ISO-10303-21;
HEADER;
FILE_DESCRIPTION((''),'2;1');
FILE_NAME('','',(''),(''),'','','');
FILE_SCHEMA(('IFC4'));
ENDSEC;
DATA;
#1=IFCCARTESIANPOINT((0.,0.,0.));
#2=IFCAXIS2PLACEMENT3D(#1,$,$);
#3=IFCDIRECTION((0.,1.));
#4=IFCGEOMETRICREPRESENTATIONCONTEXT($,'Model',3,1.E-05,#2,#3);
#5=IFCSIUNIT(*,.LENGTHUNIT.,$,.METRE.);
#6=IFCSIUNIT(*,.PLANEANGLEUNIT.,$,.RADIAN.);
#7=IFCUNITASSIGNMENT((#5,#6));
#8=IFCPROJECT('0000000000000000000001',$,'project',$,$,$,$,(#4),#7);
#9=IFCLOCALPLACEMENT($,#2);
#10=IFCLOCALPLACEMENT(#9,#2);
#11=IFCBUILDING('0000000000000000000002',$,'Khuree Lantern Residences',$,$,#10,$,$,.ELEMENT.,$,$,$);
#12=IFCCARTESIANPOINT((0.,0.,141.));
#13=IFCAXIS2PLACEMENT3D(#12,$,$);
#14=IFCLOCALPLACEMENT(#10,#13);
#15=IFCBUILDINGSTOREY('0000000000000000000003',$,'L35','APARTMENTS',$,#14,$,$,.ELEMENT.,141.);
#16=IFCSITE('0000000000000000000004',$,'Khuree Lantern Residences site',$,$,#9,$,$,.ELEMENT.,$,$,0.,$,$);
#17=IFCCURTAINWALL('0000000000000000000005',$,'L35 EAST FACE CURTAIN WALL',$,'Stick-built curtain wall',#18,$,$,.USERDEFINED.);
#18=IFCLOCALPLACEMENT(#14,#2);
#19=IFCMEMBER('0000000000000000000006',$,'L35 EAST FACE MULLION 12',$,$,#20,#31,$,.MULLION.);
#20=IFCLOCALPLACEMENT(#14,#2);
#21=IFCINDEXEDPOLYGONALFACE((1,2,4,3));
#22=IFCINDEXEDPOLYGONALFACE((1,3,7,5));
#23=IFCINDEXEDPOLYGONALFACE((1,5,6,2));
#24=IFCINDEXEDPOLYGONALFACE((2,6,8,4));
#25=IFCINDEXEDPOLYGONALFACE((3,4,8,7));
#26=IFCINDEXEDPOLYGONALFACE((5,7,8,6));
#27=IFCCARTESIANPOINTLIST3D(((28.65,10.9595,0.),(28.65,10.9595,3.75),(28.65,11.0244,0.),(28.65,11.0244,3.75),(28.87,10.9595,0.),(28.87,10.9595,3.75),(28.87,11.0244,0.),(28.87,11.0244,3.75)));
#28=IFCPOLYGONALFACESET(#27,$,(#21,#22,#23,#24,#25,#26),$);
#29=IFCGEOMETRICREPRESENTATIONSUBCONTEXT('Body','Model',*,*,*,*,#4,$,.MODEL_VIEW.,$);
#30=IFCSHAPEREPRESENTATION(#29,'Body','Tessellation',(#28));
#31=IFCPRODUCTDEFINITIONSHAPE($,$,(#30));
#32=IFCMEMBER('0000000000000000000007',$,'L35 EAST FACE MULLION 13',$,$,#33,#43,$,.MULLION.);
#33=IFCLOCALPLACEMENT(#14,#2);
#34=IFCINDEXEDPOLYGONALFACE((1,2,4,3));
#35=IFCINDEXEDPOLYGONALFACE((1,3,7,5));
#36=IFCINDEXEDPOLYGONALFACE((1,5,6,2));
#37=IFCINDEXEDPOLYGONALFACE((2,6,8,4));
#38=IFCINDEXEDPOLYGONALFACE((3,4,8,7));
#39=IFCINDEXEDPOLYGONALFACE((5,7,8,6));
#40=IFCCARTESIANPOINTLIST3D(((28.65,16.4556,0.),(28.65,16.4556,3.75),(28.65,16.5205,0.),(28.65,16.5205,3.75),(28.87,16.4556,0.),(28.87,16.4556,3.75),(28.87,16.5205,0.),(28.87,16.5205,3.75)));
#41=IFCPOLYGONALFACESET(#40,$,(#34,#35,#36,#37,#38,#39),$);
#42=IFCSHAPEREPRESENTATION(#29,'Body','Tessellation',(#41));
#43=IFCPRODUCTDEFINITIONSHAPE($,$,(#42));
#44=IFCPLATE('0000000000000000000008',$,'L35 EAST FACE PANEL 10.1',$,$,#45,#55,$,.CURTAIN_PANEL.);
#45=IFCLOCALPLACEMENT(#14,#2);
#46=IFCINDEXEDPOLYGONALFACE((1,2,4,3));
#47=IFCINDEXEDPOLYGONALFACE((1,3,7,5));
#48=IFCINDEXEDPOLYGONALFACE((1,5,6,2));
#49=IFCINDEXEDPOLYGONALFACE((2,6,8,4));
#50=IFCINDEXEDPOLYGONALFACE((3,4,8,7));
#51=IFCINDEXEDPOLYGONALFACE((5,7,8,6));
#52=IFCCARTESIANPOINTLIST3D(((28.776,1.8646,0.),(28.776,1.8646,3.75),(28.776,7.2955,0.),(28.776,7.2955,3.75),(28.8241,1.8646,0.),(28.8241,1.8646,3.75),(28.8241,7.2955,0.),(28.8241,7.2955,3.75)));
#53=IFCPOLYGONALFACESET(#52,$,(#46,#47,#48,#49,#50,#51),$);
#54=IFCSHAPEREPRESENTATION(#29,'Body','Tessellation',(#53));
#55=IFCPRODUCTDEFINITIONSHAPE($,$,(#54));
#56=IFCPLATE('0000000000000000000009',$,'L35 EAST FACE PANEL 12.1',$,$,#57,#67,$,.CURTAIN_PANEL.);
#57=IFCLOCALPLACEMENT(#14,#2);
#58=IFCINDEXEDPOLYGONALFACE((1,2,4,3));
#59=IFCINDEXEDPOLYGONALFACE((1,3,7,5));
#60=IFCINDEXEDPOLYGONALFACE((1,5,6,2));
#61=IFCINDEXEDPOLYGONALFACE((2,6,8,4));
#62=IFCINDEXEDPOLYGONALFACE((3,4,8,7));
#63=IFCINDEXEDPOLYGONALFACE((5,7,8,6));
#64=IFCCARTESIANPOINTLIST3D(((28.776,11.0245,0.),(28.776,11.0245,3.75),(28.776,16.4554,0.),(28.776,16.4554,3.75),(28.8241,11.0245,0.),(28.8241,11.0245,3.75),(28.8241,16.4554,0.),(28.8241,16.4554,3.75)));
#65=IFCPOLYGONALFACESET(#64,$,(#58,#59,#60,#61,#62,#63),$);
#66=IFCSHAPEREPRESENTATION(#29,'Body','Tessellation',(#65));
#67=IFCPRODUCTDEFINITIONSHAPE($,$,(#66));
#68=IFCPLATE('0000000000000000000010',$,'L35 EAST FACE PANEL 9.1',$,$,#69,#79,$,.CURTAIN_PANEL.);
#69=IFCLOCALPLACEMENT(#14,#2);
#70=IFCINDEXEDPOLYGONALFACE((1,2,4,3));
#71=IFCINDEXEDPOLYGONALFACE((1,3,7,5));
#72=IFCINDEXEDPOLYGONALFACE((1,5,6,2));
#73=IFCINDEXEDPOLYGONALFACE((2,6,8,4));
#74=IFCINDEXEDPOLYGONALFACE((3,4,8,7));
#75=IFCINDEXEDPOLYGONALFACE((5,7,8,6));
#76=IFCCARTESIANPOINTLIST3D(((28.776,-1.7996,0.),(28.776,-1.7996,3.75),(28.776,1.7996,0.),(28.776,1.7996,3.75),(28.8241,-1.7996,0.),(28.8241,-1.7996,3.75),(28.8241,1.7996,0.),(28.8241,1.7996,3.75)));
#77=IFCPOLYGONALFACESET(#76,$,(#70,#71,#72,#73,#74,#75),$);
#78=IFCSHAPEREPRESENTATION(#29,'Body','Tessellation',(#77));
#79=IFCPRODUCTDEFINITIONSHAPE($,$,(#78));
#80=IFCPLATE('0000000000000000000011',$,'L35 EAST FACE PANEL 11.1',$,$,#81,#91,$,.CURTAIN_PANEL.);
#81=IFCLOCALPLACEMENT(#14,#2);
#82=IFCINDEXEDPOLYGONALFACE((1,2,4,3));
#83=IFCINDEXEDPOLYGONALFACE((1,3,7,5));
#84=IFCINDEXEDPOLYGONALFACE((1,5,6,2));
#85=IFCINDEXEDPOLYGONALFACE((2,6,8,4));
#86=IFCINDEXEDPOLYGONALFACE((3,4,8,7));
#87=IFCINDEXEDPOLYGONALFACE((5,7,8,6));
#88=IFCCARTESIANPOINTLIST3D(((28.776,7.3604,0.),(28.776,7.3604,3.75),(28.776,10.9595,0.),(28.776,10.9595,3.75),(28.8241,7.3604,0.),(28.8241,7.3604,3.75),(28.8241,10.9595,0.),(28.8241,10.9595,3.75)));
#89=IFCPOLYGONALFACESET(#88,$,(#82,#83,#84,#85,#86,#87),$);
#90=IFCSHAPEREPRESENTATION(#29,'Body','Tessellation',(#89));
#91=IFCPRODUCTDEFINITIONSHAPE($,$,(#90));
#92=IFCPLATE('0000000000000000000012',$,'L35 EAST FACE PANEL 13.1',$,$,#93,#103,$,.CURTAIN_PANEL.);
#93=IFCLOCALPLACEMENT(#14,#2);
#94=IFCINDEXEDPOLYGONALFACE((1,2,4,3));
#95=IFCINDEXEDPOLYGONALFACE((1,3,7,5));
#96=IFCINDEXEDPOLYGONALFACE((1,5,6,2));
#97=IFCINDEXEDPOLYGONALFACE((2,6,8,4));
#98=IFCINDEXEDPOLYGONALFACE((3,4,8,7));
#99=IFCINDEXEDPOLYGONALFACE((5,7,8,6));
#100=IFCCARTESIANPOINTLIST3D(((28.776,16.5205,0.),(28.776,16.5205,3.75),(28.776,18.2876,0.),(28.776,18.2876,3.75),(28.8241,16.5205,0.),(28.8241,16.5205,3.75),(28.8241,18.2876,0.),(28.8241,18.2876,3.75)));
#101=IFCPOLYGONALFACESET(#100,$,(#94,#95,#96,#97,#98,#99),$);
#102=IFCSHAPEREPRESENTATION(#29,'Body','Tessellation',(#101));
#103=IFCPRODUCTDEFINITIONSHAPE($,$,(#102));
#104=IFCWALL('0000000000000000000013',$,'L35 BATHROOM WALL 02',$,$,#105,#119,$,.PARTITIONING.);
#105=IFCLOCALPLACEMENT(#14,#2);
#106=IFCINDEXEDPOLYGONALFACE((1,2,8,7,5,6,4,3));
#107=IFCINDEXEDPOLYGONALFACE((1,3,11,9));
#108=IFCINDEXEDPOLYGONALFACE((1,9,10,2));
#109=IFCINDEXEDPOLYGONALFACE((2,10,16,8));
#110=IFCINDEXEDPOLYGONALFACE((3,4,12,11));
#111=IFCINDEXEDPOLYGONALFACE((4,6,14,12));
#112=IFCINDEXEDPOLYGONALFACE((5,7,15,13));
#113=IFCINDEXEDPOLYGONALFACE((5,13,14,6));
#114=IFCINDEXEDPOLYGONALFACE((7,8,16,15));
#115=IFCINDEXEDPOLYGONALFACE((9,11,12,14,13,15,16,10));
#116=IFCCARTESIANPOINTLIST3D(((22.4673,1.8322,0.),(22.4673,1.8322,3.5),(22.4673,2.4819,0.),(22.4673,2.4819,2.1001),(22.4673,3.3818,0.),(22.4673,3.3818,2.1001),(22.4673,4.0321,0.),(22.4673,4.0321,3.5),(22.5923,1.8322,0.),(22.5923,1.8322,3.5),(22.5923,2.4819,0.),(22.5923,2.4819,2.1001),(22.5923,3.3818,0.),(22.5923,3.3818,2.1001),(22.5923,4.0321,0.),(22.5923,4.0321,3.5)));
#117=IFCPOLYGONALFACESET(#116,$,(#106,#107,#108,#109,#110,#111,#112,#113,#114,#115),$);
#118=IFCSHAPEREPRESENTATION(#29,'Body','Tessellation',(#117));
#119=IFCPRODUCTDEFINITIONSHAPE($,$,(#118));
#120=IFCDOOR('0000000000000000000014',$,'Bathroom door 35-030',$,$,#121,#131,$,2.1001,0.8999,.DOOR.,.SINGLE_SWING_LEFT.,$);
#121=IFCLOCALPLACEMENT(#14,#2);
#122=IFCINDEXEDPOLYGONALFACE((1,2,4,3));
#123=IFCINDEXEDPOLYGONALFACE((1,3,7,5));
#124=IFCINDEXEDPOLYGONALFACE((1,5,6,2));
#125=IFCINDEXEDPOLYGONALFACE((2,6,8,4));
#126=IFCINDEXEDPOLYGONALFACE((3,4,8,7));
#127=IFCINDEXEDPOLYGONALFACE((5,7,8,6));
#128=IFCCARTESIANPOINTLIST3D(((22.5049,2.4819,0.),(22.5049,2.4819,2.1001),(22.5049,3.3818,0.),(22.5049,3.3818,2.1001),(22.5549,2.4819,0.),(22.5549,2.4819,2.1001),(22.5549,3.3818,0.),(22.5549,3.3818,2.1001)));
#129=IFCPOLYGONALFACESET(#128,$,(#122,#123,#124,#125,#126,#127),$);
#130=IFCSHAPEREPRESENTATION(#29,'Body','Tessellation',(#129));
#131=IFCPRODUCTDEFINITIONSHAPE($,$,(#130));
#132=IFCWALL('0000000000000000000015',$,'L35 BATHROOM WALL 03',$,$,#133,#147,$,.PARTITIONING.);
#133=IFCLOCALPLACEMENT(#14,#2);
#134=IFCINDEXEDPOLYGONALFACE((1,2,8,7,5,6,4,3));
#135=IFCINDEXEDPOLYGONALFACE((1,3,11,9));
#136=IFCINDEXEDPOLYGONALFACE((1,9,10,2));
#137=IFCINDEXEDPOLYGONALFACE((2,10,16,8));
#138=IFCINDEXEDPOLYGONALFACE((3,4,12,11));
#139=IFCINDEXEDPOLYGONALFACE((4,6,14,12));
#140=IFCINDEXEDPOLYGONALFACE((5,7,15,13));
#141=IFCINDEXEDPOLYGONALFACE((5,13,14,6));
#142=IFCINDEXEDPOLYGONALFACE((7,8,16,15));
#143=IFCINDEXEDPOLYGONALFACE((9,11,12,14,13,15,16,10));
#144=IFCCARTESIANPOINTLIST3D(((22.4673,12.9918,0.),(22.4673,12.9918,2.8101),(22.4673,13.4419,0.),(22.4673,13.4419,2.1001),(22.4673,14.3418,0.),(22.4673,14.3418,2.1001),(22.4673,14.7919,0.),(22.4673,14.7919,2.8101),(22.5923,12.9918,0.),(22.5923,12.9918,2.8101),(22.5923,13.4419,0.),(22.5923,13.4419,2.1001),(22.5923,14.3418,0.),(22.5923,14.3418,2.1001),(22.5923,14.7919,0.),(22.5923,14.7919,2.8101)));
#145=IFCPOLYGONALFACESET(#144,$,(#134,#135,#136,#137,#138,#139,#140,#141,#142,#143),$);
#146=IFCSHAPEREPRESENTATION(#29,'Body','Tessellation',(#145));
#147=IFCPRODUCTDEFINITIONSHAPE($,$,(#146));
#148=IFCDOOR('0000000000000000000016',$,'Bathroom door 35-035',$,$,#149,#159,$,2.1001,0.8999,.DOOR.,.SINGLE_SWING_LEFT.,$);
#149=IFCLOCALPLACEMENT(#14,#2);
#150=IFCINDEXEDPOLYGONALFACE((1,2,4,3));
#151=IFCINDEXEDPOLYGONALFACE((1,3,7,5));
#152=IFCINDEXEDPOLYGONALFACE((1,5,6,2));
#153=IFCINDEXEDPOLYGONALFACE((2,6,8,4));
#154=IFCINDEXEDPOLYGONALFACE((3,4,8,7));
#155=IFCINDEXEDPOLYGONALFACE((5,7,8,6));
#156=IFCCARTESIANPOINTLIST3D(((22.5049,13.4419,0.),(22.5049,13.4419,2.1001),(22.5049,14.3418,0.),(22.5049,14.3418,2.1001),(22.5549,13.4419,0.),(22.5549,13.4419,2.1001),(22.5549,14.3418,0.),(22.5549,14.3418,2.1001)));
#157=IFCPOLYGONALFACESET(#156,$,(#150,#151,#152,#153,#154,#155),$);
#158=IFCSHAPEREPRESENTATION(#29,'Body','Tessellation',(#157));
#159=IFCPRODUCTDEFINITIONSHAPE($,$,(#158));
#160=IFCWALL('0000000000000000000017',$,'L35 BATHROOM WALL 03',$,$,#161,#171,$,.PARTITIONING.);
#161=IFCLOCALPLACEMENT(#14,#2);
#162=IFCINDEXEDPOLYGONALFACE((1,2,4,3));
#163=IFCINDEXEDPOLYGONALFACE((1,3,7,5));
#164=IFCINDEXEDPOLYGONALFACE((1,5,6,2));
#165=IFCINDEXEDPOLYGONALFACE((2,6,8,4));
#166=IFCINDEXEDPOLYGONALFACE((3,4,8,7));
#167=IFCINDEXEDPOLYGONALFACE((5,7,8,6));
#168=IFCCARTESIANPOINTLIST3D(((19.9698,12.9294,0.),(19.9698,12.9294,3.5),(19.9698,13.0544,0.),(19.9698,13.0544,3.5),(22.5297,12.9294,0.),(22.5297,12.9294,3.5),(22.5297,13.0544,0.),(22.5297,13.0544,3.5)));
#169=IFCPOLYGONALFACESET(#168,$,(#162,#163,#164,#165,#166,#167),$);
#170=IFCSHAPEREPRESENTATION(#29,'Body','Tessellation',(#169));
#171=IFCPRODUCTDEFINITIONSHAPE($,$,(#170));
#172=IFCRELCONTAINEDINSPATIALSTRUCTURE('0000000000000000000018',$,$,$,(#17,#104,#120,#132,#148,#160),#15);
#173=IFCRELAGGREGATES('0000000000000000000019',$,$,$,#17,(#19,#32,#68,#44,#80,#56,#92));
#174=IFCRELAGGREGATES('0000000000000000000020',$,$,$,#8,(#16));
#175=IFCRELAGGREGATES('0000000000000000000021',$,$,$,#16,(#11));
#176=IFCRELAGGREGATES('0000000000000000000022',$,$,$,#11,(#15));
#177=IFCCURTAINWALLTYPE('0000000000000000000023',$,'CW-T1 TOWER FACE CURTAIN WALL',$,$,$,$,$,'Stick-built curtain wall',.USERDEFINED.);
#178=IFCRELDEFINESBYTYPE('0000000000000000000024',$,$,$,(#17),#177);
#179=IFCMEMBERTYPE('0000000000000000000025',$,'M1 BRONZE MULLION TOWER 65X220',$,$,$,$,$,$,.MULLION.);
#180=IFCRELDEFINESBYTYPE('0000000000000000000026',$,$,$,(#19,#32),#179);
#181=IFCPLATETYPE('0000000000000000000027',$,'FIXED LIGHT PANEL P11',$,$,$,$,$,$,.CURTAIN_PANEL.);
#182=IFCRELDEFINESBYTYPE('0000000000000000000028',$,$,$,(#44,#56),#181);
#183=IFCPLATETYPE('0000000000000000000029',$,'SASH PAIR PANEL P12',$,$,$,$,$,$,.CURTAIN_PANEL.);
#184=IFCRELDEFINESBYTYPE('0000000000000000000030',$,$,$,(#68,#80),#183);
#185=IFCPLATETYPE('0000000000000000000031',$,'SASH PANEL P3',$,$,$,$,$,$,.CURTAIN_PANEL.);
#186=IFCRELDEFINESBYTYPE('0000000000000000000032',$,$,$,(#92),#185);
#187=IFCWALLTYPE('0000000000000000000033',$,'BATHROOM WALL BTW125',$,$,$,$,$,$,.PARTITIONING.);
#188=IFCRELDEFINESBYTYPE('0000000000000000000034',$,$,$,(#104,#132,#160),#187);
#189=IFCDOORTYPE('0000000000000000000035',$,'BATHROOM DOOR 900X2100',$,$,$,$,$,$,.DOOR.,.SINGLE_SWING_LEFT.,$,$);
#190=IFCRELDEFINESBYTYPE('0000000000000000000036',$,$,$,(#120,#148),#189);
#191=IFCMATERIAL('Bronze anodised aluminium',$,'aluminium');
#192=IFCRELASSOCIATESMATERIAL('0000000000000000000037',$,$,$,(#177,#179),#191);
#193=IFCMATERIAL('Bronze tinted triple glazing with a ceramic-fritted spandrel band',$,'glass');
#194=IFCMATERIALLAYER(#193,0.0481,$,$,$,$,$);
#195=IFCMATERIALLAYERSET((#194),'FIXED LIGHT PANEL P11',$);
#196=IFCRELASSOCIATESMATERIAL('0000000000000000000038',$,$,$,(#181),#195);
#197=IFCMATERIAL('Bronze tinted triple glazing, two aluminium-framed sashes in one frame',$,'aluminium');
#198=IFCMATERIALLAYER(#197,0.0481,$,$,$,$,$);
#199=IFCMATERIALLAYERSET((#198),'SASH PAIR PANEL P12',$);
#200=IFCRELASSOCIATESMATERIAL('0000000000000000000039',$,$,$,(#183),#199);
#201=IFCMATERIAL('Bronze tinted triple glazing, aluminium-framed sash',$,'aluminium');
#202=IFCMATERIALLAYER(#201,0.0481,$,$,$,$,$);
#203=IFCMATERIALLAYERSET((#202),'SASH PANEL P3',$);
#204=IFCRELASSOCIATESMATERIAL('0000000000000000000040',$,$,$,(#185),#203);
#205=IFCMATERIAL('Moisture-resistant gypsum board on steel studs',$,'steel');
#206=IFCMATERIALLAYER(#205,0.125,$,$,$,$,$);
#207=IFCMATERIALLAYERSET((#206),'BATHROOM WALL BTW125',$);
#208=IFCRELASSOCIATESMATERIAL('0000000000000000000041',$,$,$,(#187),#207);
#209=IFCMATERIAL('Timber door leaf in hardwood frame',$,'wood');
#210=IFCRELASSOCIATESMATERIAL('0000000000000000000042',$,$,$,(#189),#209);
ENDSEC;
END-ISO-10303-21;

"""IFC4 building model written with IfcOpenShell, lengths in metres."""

from ifc_helpers import new_model, si_unit, direction, frame, frame_2d, origin, origin_2d, place, context, subcontext, project, spatial, rectangle, extrude, material, layer, layer_set, material_profile, profile_set, type_object, element, fill, aggregate, save


model = new_model("IFC4")

# Units and contexts
model_context = context("Model", 3, precision=1e-05, world=origin(), true_north=direction((0.0, 1.0)))
body_context = subcontext(model_context, "Body", "Model", "MODEL_VIEW")
ifc_project = project(units=[si_unit("LENGTHUNIT", "METRE"), si_unit("PLANEANGLEUNIT", "RADIAN")], contexts=[model_context])

# Site, building, storey
site_placement = place(None, origin())
site = spatial("IfcSite", under=ifc_project, at=site_placement, Name="Khuree Lantern Residences site", CompositionType="ELEMENT", RefElevation=0.0)
building_placement = place(site_placement, origin())
building = spatial("IfcBuilding", under=site, at=building_placement, Name="Khuree Lantern Residences", CompositionType="ELEMENT")
storey_placement = place(building_placement, frame((0.0, 0.0, 141.0)))
storey = spatial("IfcBuildingStorey", under=building, at=storey_placement, Name="L35", Description="APARTMENTS", CompositionType="ELEMENT", Elevation=141.0)

# Curtain wall
ifc_material_1 = material(Name="Bronze anodised aluminium", Category="aluminium")
curtain_wall_type = type_object("IfcCurtainWallType", Name="CW-T1 TOWER FACE CURTAIN WALL", ElementType="Stick-built curtain wall", PredefinedType="USERDEFINED", material=ifc_material_1)
curtain_wall_placement = place(storey_placement, origin())
curtain_wall = element("IfcCurtainWall", 1, at=curtain_wall_placement, inside=storey, type_object=curtain_wall_type, Name="L35 EAST FACE CURTAIN WALL", ObjectType="Stick-built curtain wall", PredefinedType="USERDEFINED")

# Members
ifc_material_profile_1 = material_profile(ifc_material_1, rectangle(XDim=0.0649, YDim=0.22, at=origin_2d()), Name="M1 65X220")
ifc_profile_set_1 = profile_set([ifc_material_profile_1], Name="Bronze anodised aluminium")
member_type_1 = type_object("IfcMemberType", Name="M1 BRONZE MULLION TOWER 65X220", PredefinedType="MULLION", material=ifc_profile_set_1)
member_1_placement = place(storey_placement, frame((28.76, 10.9919, 0.0), z_axis=(0.0, 0.0, 1.0), x_axis=(0.0, 1.0, 0.0)))
member_1 = element("IfcMember", 2, at=member_1_placement, type_object=member_type_1, Name="L35 EAST FACE MULLION 12", PredefinedType="MULLION", context=body_context, shape_type="SweptSolid", body=[
    extrude(rectangle(XDim=0.0649, YDim=0.22, at=origin_2d()), origin(), (0.0, 0.0, 1.0), 3.75),
])
member_2_placement = place(storey_placement, frame((28.76, 16.488, 0.0), z_axis=(0.0, 0.0, 1.0), x_axis=(0.0, 1.0, 0.0)))
member_2 = element("IfcMember", 3, at=member_2_placement, type_object=member_type_1, Name="L35 EAST FACE MULLION 13", PredefinedType="MULLION", context=body_context, shape_type="SweptSolid", body=[
    extrude(rectangle(XDim=0.0649, YDim=0.22, at=origin_2d()), origin(), (0.0, 0.0, 1.0), 3.75),
])

# Plates
ifc_material_2 = material(Name="Bronze tinted triple glazing with a ceramic-fritted spandrel band", Category="glass")
ifc_layer_1 = layer(ifc_material_2, 0.0481)
ifc_layer_set_1 = layer_set([ifc_layer_1], Name="FIXED LIGHT PANEL P11")
plate_type_1 = type_object("IfcPlateType", Name="FIXED LIGHT PANEL P11", PredefinedType="CURTAIN_PANEL", material=ifc_layer_set_1)
plate_1_placement = place(storey_placement, frame((28.8, 4.5801, 0.0), z_axis=(0.0, 0.0, 1.0), x_axis=(0.0, 1.0, 0.0)))
plate_1 = element("IfcPlate", 4, at=plate_1_placement, type_object=plate_type_1, Name="L35 EAST FACE PANEL 10.1", PredefinedType="CURTAIN_PANEL", context=body_context, shape_type="SweptSolid", body=[
    extrude(rectangle(XDim=5.4309, YDim=0.0481, at=origin_2d()), origin(), (0.0, 0.0, 1.0), 3.75),
])
plate_2_placement = place(storey_placement, frame((28.8, 13.74, 0.0), z_axis=(0.0, 0.0, 1.0), x_axis=(0.0, 1.0, 0.0)))
plate_2 = element("IfcPlate", 5, at=plate_2_placement, type_object=plate_type_1, Name="L35 EAST FACE PANEL 12.1", PredefinedType="CURTAIN_PANEL", context=body_context, shape_type="SweptSolid", body=[
    extrude(rectangle(XDim=5.4309, YDim=0.0481, at=origin_2d()), origin(), (0.0, 0.0, 1.0), 3.75),
])
ifc_material_3 = material(Name="Bronze tinted triple glazing, two aluminium-framed sashes in one frame", Category="aluminium")
ifc_layer_2 = layer(ifc_material_3, 0.0481)
ifc_layer_set_2 = layer_set([ifc_layer_2], Name="SASH PAIR PANEL P12")
plate_type_2 = type_object("IfcPlateType", Name="SASH PAIR PANEL P12", PredefinedType="CURTAIN_PANEL", material=ifc_layer_set_2)
plate_3_placement = place(storey_placement, frame((28.8, 0.0, 0.0), z_axis=(0.0, 0.0, 1.0), x_axis=(0.0, 1.0, 0.0)))
plate_3 = element("IfcPlate", 6, at=plate_3_placement, type_object=plate_type_2, Name="L35 EAST FACE PANEL 9.1", PredefinedType="CURTAIN_PANEL", context=body_context, shape_type="SweptSolid", body=[
    extrude(rectangle(XDim=3.5991, YDim=0.0481, at=origin_2d()), origin(), (0.0, 0.0, 1.0), 3.75),
])
plate_4_placement = place(storey_placement, frame((28.8, 9.1599, 0.0), z_axis=(0.0, 0.0, 1.0), x_axis=(0.0, 1.0, 0.0)))
plate_4 = element("IfcPlate", 7, at=plate_4_placement, type_object=plate_type_2, Name="L35 EAST FACE PANEL 11.1", PredefinedType="CURTAIN_PANEL", context=body_context, shape_type="SweptSolid", body=[
    extrude(rectangle(XDim=3.5991, YDim=0.0481, at=origin_2d()), origin(), (0.0, 0.0, 1.0), 3.75),
])
ifc_material_4 = material(Name="Bronze tinted triple glazing, aluminium-framed sash", Category="aluminium")
ifc_layer_3 = layer(ifc_material_4, 0.0481)
ifc_layer_set_3 = layer_set([ifc_layer_3], Name="SASH PANEL P3")
plate_type_3 = type_object("IfcPlateType", Name="SASH PANEL P3", PredefinedType="CURTAIN_PANEL", material=ifc_layer_set_3)
plate_5_placement = place(storey_placement, frame((28.8, 17.4041, 0.0), z_axis=(0.0, 0.0, 1.0), x_axis=(0.0, 1.0, 0.0)))
plate_5 = element("IfcPlate", 8, at=plate_5_placement, type_object=plate_type_3, Name="L35 EAST FACE PANEL 13.1", PredefinedType="CURTAIN_PANEL", context=body_context, shape_type="SweptSolid", body=[
    extrude(rectangle(XDim=1.7671, YDim=0.0481, at=origin_2d()), origin(), (0.0, 0.0, 1.0), 3.75),
])
aggregate(curtain_wall, [member_1, member_2, plate_3, plate_1, plate_4, plate_2, plate_5])

# Walls, openings, doors
ifc_material_5 = material(Name="Moisture-resistant gypsum board on steel studs", Category="steel")
ifc_layer_4 = layer(ifc_material_5, 0.125)
ifc_layer_set_4 = layer_set([ifc_layer_4], Name="BATHROOM WALL BTW125")
wall_type_1 = type_object("IfcWallType", Name="BATHROOM WALL BTW125", PredefinedType="PARTITIONING", material=ifc_layer_set_4)
wall_1_placement = place(storey_placement, frame((22.5298, 1.832, 0.0), z_axis=(0.0, 0.0, 1.0), x_axis=(0.0, 1.0, 0.0)))
wall_1 = element("IfcWall", 9, at=wall_1_placement, inside=storey, type_object=wall_type_1, Name="L35 BATHROOM WALL 02", PredefinedType="PARTITIONING", context=body_context, shape_type="SweptSolid", body=[
    extrude(rectangle(XDim=2.2, YDim=0.125, at=frame_2d((1.1001, 0.0))), origin(), (0.0, 0.0, 1.0), 3.5),
])
opening_1_placement = place(wall_1_placement, frame((0.6499, 0.0, 0.0)))
opening_1 = element("IfcOpeningElement", 10, at=opening_1_placement, cuts=wall_1, PredefinedType="OPENING", context=body_context, shape_type="SweptSolid", body=[
    extrude(rectangle(XDim=0.8999, YDim=2.1001, at=frame_2d((0.45, 1.05))), frame((0.0, 0.0725, 0.0), z_axis=(0.0, -1.0, 0.0), x_axis=(1.0, 0.0, 0.0)), (0.0, 0.0, 1.0), 0.145),
])
ifc_material_6 = material(Name="Timber door leaf in hardwood frame", Category="wood")
door_type_1 = type_object("IfcDoorType", Name="BATHROOM DOOR 900X2100", OperationType="SINGLE_SWING_LEFT", PredefinedType="DOOR", material=ifc_material_6)
door_1_placement = place(opening_1_placement, origin())
door_1 = element("IfcDoor", 11, at=door_1_placement, inside=storey, type_object=door_type_1, Name="Bathroom door 35-030", OperationType="SINGLE_SWING_LEFT", OverallHeight=2.1001, OverallWidth=0.8999, PredefinedType="DOOR", context=body_context, shape_type="SweptSolid", body=[
    extrude(rectangle(XDim=0.8999, YDim=2.1001, at=frame_2d((0.45, 1.05))), frame((0.0, 0.0249, 0.0), z_axis=(0.0, -1.0, 0.0), x_axis=(1.0, 0.0, 0.0)), (0.0, 0.0, 1.0), 0.05),
])
fill(opening_1, door_1)
wall_2_placement = place(storey_placement, frame((22.5298, 12.9919, 0.0), z_axis=(0.0, 0.0, 1.0), x_axis=(0.0, 1.0, 0.0)))
wall_2 = element("IfcWall", 12, at=wall_2_placement, inside=storey, type_object=wall_type_1, Name="L35 BATHROOM WALL 03", PredefinedType="PARTITIONING", context=body_context, shape_type="SweptSolid", body=[
    extrude(rectangle(XDim=1.8, YDim=0.125, at=frame_2d((0.8999, 0.0))), origin(), (0.0, 0.0, 1.0), 2.8101),
])
opening_2_placement = place(wall_2_placement, frame((0.45, 0.0, 0.0)))
opening_2 = element("IfcOpeningElement", 13, at=opening_2_placement, cuts=wall_2, PredefinedType="OPENING", context=body_context, shape_type="SweptSolid", body=[
    extrude(rectangle(XDim=0.8999, YDim=2.1001, at=frame_2d((0.45, 1.05))), frame((0.0, 0.0725, 0.0), z_axis=(0.0, -1.0, 0.0), x_axis=(1.0, 0.0, 0.0)), (0.0, 0.0, 1.0), 0.145),
])
door_2_placement = place(opening_2_placement, origin())
door_2 = element("IfcDoor", 14, at=door_2_placement, inside=storey, type_object=door_type_1, Name="Bathroom door 35-035", OperationType="SINGLE_SWING_LEFT", OverallHeight=2.1001, OverallWidth=0.8999, PredefinedType="DOOR", context=body_context, shape_type="SweptSolid", body=[
    extrude(rectangle(XDim=0.8999, YDim=2.1001, at=frame_2d((0.45, 1.05))), frame((0.0, 0.0249, 0.0), z_axis=(0.0, -1.0, 0.0), x_axis=(1.0, 0.0, 0.0)), (0.0, 0.0, 1.0), 0.05),
])
fill(opening_2, door_2)

# Wall
wall_3_placement = place(storey_placement, frame((19.97, 12.9919, 0.0), z_axis=(0.0, 0.0, 1.0), x_axis=(1.0, 0.0, 0.0)))
element("IfcWall", 15, at=wall_3_placement, inside=storey, type_object=wall_type_1, Name="L35 BATHROOM WALL 03", PredefinedType="PARTITIONING", context=body_context, shape_type="SweptSolid", body=[
    extrude(rectangle(XDim=2.5598, YDim=0.125, at=frame_2d((1.2798, 0.0))), origin(), (0.0, 0.0, 1.0), 3.5),
])

save(model, "model.ifc")
